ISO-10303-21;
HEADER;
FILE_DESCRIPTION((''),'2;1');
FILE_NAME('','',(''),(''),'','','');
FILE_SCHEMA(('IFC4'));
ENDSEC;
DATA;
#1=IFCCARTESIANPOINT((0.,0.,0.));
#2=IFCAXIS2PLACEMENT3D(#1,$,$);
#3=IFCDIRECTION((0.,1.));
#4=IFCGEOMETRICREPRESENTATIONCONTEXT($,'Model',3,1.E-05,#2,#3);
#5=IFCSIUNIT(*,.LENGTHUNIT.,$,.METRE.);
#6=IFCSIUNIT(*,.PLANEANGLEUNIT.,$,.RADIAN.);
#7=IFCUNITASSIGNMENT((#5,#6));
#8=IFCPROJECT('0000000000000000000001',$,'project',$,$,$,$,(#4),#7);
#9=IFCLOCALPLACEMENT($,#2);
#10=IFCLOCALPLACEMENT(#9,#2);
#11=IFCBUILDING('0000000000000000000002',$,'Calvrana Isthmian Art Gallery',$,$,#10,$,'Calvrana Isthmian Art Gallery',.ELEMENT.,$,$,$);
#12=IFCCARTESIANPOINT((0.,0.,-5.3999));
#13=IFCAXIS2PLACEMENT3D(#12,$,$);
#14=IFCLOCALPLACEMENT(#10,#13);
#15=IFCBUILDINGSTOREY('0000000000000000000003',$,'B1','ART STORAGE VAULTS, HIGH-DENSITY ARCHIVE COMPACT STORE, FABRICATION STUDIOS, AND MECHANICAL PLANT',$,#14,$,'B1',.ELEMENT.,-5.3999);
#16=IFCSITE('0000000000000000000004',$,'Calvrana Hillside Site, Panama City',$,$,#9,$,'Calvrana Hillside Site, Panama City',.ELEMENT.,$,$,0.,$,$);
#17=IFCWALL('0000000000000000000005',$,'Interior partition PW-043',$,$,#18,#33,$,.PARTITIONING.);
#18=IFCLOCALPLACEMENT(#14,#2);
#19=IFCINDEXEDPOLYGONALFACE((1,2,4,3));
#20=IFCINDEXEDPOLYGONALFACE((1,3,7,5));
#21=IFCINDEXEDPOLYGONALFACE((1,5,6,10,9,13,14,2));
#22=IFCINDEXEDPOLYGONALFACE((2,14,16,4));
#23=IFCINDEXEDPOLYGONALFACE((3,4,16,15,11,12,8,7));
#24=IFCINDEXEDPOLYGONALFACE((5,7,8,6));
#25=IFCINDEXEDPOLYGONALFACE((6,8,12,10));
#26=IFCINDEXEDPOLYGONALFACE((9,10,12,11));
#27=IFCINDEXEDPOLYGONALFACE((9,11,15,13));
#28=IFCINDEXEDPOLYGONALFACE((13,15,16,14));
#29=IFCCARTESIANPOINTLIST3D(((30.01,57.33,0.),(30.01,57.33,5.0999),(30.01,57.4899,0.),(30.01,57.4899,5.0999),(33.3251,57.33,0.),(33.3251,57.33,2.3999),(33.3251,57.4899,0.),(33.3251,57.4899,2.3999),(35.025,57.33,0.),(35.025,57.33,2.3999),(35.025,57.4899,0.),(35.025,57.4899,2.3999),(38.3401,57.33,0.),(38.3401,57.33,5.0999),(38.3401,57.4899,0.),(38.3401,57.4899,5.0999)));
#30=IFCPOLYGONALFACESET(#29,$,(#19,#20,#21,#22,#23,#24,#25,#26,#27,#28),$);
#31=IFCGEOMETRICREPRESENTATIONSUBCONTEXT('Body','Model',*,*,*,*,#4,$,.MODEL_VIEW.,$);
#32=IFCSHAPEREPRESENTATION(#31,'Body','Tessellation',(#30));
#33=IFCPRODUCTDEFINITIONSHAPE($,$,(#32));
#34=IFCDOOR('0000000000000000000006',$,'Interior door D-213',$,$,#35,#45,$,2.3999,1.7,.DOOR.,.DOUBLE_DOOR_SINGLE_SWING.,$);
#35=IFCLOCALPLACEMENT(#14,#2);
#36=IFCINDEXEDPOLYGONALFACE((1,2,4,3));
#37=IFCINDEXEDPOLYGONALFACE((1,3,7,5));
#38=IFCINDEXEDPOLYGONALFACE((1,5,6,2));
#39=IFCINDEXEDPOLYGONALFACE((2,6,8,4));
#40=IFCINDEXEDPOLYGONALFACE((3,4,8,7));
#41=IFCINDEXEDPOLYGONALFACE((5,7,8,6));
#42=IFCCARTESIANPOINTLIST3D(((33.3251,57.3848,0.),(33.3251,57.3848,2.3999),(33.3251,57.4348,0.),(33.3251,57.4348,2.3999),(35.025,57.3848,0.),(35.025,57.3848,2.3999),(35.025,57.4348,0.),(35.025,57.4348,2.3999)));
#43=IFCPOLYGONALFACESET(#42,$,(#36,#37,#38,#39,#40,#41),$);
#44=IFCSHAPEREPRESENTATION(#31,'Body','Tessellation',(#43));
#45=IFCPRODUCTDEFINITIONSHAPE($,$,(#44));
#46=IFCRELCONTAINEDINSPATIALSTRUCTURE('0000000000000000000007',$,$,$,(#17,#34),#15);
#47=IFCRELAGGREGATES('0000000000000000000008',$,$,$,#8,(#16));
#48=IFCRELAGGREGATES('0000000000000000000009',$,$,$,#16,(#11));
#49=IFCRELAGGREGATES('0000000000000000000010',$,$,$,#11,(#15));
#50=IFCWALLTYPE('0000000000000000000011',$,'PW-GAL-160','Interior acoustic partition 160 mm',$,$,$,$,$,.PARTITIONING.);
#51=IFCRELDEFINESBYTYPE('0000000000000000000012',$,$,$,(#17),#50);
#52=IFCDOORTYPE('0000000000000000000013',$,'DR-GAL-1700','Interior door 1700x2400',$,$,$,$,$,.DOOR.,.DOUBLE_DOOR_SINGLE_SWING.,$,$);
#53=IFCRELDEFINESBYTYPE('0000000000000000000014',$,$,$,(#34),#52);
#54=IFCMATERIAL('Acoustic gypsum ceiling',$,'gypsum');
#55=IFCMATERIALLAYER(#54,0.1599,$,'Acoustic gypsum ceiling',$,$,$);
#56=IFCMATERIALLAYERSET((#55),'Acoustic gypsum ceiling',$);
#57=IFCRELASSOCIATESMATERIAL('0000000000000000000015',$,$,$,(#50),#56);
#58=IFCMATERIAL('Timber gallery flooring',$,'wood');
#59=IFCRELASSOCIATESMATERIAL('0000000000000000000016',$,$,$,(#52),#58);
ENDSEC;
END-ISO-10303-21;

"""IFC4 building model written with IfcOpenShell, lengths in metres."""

from ifc_helpers import new_model, si_unit, direction, frame, frame_2d, origin, place, context, subcontext, project, spatial, rectangle, extrude, material, layer, layer_set, type_object, element, fill, save


model = new_model("IFC4")

# Units and contexts
model_context = context("Model", 3, precision=1e-05, world=origin(), true_north=direction((0.0, 1.0)))
body_context = subcontext(model_context, "Body", "Model", "MODEL_VIEW")
ifc_project = project(units=[si_unit("LENGTHUNIT", "METRE"), si_unit("PLANEANGLEUNIT", "RADIAN")], contexts=[model_context])

# Site, building, storey
site_placement = place(None, origin())
site = spatial("IfcSite", under=ifc_project, at=site_placement, Name="Calvrana Hillside Site, Panama City", LongName="Calvrana Hillside Site, Panama City", CompositionType="ELEMENT", RefElevation=0.0)
building_placement = place(site_placement, origin())
building = spatial("IfcBuilding", under=site, at=building_placement, Name="Calvrana Isthmian Art Gallery", LongName="Calvrana Isthmian Art Gallery", CompositionType="ELEMENT")
storey_placement = place(building_placement, frame((0.0, 0.0, -5.3999)))
storey = spatial("IfcBuildingStorey", under=building, at=storey_placement, Name="B1", Description="ART STORAGE VAULTS, HIGH-DENSITY ARCHIVE COMPACT STORE, FABRICATION STUDIOS, AND MECHANICAL PLANT", LongName="B1", CompositionType="ELEMENT", Elevation=-5.3999)

# Shared definitions
ifc_material_1 = material(Name="Acoustic gypsum ceiling", Category="gypsum")

# Wall, opening, door
ifc_layer_1 = layer(ifc_material_1, 0.1599, Name="Acoustic gypsum ceiling")
ifc_layer_set_1 = layer_set([ifc_layer_1], Name="Acoustic gypsum ceiling")
wall_type_1 = type_object("IfcWallType", Name="PW-GAL-160", Description="Interior acoustic partition 160 mm", PredefinedType="PARTITIONING", material=ifc_layer_set_1)
ifc_material_2 = material(Name="Timber gallery flooring", Category="wood")
wall_1_placement = place(storey_placement, frame((30.01, 57.4099, 0.0), z_axis=(0.0, 0.0, 1.0), x_axis=(1.0, 0.0, 0.0)))
wall_1 = element("IfcWall", 1, at=wall_1_placement, inside=storey, type_object=wall_type_1, Name="Interior partition PW-043", PredefinedType="PARTITIONING", context=body_context, shape_type="SweptSolid", body=[
    extrude(rectangle(XDim=8.3301, YDim=0.1599, at=frame_2d((4.165, 0.0))), origin(), (0.0, 0.0, 1.0), 5.0999),
])
opening_1_placement = place(wall_1_placement, frame((3.3149, 0.0, 0.0)))
opening_1 = element("IfcOpeningElement", 2, at=opening_1_placement, cuts=wall_1, PredefinedType="OPENING", context=body_context, shape_type="SweptSolid", body=[
    extrude(rectangle(XDim=1.7, YDim=2.3999, at=frame_2d((0.8501, 1.2))), frame((0.0, 0.0903, 0.0), z_axis=(0.0, -1.0, 0.0), x_axis=(1.0, 0.0, 0.0)), (0.0, 0.0, 1.0), 0.1804),
])
door_type_1 = type_object("IfcDoorType", Name="DR-GAL-1700", Description="Interior door 1700x2400", OperationType="DOUBLE_DOOR_SINGLE_SWING", PredefinedType="DOOR", material=ifc_material_2)
door_1_placement = place(opening_1_placement, origin())
door_1 = element("IfcDoor", 3, at=door_1_placement, inside=storey, type_object=door_type_1, Name="Interior door D-213", OperationType="DOUBLE_DOOR_SINGLE_SWING", OverallHeight=2.3999, OverallWidth=1.7, PredefinedType="DOOR", context=body_context, shape_type="SweptSolid", body=[
    extrude(rectangle(XDim=1.7, YDim=2.3999, at=frame_2d((0.8501, 1.2))), frame((0.0, 0.0249, 0.0), z_axis=(0.0, -1.0, 0.0), x_axis=(1.0, 0.0, 0.0)), (0.0, 0.0, 1.0), 0.05),
])
fill(opening_1, door_1)

save(model, "model.ifc")
